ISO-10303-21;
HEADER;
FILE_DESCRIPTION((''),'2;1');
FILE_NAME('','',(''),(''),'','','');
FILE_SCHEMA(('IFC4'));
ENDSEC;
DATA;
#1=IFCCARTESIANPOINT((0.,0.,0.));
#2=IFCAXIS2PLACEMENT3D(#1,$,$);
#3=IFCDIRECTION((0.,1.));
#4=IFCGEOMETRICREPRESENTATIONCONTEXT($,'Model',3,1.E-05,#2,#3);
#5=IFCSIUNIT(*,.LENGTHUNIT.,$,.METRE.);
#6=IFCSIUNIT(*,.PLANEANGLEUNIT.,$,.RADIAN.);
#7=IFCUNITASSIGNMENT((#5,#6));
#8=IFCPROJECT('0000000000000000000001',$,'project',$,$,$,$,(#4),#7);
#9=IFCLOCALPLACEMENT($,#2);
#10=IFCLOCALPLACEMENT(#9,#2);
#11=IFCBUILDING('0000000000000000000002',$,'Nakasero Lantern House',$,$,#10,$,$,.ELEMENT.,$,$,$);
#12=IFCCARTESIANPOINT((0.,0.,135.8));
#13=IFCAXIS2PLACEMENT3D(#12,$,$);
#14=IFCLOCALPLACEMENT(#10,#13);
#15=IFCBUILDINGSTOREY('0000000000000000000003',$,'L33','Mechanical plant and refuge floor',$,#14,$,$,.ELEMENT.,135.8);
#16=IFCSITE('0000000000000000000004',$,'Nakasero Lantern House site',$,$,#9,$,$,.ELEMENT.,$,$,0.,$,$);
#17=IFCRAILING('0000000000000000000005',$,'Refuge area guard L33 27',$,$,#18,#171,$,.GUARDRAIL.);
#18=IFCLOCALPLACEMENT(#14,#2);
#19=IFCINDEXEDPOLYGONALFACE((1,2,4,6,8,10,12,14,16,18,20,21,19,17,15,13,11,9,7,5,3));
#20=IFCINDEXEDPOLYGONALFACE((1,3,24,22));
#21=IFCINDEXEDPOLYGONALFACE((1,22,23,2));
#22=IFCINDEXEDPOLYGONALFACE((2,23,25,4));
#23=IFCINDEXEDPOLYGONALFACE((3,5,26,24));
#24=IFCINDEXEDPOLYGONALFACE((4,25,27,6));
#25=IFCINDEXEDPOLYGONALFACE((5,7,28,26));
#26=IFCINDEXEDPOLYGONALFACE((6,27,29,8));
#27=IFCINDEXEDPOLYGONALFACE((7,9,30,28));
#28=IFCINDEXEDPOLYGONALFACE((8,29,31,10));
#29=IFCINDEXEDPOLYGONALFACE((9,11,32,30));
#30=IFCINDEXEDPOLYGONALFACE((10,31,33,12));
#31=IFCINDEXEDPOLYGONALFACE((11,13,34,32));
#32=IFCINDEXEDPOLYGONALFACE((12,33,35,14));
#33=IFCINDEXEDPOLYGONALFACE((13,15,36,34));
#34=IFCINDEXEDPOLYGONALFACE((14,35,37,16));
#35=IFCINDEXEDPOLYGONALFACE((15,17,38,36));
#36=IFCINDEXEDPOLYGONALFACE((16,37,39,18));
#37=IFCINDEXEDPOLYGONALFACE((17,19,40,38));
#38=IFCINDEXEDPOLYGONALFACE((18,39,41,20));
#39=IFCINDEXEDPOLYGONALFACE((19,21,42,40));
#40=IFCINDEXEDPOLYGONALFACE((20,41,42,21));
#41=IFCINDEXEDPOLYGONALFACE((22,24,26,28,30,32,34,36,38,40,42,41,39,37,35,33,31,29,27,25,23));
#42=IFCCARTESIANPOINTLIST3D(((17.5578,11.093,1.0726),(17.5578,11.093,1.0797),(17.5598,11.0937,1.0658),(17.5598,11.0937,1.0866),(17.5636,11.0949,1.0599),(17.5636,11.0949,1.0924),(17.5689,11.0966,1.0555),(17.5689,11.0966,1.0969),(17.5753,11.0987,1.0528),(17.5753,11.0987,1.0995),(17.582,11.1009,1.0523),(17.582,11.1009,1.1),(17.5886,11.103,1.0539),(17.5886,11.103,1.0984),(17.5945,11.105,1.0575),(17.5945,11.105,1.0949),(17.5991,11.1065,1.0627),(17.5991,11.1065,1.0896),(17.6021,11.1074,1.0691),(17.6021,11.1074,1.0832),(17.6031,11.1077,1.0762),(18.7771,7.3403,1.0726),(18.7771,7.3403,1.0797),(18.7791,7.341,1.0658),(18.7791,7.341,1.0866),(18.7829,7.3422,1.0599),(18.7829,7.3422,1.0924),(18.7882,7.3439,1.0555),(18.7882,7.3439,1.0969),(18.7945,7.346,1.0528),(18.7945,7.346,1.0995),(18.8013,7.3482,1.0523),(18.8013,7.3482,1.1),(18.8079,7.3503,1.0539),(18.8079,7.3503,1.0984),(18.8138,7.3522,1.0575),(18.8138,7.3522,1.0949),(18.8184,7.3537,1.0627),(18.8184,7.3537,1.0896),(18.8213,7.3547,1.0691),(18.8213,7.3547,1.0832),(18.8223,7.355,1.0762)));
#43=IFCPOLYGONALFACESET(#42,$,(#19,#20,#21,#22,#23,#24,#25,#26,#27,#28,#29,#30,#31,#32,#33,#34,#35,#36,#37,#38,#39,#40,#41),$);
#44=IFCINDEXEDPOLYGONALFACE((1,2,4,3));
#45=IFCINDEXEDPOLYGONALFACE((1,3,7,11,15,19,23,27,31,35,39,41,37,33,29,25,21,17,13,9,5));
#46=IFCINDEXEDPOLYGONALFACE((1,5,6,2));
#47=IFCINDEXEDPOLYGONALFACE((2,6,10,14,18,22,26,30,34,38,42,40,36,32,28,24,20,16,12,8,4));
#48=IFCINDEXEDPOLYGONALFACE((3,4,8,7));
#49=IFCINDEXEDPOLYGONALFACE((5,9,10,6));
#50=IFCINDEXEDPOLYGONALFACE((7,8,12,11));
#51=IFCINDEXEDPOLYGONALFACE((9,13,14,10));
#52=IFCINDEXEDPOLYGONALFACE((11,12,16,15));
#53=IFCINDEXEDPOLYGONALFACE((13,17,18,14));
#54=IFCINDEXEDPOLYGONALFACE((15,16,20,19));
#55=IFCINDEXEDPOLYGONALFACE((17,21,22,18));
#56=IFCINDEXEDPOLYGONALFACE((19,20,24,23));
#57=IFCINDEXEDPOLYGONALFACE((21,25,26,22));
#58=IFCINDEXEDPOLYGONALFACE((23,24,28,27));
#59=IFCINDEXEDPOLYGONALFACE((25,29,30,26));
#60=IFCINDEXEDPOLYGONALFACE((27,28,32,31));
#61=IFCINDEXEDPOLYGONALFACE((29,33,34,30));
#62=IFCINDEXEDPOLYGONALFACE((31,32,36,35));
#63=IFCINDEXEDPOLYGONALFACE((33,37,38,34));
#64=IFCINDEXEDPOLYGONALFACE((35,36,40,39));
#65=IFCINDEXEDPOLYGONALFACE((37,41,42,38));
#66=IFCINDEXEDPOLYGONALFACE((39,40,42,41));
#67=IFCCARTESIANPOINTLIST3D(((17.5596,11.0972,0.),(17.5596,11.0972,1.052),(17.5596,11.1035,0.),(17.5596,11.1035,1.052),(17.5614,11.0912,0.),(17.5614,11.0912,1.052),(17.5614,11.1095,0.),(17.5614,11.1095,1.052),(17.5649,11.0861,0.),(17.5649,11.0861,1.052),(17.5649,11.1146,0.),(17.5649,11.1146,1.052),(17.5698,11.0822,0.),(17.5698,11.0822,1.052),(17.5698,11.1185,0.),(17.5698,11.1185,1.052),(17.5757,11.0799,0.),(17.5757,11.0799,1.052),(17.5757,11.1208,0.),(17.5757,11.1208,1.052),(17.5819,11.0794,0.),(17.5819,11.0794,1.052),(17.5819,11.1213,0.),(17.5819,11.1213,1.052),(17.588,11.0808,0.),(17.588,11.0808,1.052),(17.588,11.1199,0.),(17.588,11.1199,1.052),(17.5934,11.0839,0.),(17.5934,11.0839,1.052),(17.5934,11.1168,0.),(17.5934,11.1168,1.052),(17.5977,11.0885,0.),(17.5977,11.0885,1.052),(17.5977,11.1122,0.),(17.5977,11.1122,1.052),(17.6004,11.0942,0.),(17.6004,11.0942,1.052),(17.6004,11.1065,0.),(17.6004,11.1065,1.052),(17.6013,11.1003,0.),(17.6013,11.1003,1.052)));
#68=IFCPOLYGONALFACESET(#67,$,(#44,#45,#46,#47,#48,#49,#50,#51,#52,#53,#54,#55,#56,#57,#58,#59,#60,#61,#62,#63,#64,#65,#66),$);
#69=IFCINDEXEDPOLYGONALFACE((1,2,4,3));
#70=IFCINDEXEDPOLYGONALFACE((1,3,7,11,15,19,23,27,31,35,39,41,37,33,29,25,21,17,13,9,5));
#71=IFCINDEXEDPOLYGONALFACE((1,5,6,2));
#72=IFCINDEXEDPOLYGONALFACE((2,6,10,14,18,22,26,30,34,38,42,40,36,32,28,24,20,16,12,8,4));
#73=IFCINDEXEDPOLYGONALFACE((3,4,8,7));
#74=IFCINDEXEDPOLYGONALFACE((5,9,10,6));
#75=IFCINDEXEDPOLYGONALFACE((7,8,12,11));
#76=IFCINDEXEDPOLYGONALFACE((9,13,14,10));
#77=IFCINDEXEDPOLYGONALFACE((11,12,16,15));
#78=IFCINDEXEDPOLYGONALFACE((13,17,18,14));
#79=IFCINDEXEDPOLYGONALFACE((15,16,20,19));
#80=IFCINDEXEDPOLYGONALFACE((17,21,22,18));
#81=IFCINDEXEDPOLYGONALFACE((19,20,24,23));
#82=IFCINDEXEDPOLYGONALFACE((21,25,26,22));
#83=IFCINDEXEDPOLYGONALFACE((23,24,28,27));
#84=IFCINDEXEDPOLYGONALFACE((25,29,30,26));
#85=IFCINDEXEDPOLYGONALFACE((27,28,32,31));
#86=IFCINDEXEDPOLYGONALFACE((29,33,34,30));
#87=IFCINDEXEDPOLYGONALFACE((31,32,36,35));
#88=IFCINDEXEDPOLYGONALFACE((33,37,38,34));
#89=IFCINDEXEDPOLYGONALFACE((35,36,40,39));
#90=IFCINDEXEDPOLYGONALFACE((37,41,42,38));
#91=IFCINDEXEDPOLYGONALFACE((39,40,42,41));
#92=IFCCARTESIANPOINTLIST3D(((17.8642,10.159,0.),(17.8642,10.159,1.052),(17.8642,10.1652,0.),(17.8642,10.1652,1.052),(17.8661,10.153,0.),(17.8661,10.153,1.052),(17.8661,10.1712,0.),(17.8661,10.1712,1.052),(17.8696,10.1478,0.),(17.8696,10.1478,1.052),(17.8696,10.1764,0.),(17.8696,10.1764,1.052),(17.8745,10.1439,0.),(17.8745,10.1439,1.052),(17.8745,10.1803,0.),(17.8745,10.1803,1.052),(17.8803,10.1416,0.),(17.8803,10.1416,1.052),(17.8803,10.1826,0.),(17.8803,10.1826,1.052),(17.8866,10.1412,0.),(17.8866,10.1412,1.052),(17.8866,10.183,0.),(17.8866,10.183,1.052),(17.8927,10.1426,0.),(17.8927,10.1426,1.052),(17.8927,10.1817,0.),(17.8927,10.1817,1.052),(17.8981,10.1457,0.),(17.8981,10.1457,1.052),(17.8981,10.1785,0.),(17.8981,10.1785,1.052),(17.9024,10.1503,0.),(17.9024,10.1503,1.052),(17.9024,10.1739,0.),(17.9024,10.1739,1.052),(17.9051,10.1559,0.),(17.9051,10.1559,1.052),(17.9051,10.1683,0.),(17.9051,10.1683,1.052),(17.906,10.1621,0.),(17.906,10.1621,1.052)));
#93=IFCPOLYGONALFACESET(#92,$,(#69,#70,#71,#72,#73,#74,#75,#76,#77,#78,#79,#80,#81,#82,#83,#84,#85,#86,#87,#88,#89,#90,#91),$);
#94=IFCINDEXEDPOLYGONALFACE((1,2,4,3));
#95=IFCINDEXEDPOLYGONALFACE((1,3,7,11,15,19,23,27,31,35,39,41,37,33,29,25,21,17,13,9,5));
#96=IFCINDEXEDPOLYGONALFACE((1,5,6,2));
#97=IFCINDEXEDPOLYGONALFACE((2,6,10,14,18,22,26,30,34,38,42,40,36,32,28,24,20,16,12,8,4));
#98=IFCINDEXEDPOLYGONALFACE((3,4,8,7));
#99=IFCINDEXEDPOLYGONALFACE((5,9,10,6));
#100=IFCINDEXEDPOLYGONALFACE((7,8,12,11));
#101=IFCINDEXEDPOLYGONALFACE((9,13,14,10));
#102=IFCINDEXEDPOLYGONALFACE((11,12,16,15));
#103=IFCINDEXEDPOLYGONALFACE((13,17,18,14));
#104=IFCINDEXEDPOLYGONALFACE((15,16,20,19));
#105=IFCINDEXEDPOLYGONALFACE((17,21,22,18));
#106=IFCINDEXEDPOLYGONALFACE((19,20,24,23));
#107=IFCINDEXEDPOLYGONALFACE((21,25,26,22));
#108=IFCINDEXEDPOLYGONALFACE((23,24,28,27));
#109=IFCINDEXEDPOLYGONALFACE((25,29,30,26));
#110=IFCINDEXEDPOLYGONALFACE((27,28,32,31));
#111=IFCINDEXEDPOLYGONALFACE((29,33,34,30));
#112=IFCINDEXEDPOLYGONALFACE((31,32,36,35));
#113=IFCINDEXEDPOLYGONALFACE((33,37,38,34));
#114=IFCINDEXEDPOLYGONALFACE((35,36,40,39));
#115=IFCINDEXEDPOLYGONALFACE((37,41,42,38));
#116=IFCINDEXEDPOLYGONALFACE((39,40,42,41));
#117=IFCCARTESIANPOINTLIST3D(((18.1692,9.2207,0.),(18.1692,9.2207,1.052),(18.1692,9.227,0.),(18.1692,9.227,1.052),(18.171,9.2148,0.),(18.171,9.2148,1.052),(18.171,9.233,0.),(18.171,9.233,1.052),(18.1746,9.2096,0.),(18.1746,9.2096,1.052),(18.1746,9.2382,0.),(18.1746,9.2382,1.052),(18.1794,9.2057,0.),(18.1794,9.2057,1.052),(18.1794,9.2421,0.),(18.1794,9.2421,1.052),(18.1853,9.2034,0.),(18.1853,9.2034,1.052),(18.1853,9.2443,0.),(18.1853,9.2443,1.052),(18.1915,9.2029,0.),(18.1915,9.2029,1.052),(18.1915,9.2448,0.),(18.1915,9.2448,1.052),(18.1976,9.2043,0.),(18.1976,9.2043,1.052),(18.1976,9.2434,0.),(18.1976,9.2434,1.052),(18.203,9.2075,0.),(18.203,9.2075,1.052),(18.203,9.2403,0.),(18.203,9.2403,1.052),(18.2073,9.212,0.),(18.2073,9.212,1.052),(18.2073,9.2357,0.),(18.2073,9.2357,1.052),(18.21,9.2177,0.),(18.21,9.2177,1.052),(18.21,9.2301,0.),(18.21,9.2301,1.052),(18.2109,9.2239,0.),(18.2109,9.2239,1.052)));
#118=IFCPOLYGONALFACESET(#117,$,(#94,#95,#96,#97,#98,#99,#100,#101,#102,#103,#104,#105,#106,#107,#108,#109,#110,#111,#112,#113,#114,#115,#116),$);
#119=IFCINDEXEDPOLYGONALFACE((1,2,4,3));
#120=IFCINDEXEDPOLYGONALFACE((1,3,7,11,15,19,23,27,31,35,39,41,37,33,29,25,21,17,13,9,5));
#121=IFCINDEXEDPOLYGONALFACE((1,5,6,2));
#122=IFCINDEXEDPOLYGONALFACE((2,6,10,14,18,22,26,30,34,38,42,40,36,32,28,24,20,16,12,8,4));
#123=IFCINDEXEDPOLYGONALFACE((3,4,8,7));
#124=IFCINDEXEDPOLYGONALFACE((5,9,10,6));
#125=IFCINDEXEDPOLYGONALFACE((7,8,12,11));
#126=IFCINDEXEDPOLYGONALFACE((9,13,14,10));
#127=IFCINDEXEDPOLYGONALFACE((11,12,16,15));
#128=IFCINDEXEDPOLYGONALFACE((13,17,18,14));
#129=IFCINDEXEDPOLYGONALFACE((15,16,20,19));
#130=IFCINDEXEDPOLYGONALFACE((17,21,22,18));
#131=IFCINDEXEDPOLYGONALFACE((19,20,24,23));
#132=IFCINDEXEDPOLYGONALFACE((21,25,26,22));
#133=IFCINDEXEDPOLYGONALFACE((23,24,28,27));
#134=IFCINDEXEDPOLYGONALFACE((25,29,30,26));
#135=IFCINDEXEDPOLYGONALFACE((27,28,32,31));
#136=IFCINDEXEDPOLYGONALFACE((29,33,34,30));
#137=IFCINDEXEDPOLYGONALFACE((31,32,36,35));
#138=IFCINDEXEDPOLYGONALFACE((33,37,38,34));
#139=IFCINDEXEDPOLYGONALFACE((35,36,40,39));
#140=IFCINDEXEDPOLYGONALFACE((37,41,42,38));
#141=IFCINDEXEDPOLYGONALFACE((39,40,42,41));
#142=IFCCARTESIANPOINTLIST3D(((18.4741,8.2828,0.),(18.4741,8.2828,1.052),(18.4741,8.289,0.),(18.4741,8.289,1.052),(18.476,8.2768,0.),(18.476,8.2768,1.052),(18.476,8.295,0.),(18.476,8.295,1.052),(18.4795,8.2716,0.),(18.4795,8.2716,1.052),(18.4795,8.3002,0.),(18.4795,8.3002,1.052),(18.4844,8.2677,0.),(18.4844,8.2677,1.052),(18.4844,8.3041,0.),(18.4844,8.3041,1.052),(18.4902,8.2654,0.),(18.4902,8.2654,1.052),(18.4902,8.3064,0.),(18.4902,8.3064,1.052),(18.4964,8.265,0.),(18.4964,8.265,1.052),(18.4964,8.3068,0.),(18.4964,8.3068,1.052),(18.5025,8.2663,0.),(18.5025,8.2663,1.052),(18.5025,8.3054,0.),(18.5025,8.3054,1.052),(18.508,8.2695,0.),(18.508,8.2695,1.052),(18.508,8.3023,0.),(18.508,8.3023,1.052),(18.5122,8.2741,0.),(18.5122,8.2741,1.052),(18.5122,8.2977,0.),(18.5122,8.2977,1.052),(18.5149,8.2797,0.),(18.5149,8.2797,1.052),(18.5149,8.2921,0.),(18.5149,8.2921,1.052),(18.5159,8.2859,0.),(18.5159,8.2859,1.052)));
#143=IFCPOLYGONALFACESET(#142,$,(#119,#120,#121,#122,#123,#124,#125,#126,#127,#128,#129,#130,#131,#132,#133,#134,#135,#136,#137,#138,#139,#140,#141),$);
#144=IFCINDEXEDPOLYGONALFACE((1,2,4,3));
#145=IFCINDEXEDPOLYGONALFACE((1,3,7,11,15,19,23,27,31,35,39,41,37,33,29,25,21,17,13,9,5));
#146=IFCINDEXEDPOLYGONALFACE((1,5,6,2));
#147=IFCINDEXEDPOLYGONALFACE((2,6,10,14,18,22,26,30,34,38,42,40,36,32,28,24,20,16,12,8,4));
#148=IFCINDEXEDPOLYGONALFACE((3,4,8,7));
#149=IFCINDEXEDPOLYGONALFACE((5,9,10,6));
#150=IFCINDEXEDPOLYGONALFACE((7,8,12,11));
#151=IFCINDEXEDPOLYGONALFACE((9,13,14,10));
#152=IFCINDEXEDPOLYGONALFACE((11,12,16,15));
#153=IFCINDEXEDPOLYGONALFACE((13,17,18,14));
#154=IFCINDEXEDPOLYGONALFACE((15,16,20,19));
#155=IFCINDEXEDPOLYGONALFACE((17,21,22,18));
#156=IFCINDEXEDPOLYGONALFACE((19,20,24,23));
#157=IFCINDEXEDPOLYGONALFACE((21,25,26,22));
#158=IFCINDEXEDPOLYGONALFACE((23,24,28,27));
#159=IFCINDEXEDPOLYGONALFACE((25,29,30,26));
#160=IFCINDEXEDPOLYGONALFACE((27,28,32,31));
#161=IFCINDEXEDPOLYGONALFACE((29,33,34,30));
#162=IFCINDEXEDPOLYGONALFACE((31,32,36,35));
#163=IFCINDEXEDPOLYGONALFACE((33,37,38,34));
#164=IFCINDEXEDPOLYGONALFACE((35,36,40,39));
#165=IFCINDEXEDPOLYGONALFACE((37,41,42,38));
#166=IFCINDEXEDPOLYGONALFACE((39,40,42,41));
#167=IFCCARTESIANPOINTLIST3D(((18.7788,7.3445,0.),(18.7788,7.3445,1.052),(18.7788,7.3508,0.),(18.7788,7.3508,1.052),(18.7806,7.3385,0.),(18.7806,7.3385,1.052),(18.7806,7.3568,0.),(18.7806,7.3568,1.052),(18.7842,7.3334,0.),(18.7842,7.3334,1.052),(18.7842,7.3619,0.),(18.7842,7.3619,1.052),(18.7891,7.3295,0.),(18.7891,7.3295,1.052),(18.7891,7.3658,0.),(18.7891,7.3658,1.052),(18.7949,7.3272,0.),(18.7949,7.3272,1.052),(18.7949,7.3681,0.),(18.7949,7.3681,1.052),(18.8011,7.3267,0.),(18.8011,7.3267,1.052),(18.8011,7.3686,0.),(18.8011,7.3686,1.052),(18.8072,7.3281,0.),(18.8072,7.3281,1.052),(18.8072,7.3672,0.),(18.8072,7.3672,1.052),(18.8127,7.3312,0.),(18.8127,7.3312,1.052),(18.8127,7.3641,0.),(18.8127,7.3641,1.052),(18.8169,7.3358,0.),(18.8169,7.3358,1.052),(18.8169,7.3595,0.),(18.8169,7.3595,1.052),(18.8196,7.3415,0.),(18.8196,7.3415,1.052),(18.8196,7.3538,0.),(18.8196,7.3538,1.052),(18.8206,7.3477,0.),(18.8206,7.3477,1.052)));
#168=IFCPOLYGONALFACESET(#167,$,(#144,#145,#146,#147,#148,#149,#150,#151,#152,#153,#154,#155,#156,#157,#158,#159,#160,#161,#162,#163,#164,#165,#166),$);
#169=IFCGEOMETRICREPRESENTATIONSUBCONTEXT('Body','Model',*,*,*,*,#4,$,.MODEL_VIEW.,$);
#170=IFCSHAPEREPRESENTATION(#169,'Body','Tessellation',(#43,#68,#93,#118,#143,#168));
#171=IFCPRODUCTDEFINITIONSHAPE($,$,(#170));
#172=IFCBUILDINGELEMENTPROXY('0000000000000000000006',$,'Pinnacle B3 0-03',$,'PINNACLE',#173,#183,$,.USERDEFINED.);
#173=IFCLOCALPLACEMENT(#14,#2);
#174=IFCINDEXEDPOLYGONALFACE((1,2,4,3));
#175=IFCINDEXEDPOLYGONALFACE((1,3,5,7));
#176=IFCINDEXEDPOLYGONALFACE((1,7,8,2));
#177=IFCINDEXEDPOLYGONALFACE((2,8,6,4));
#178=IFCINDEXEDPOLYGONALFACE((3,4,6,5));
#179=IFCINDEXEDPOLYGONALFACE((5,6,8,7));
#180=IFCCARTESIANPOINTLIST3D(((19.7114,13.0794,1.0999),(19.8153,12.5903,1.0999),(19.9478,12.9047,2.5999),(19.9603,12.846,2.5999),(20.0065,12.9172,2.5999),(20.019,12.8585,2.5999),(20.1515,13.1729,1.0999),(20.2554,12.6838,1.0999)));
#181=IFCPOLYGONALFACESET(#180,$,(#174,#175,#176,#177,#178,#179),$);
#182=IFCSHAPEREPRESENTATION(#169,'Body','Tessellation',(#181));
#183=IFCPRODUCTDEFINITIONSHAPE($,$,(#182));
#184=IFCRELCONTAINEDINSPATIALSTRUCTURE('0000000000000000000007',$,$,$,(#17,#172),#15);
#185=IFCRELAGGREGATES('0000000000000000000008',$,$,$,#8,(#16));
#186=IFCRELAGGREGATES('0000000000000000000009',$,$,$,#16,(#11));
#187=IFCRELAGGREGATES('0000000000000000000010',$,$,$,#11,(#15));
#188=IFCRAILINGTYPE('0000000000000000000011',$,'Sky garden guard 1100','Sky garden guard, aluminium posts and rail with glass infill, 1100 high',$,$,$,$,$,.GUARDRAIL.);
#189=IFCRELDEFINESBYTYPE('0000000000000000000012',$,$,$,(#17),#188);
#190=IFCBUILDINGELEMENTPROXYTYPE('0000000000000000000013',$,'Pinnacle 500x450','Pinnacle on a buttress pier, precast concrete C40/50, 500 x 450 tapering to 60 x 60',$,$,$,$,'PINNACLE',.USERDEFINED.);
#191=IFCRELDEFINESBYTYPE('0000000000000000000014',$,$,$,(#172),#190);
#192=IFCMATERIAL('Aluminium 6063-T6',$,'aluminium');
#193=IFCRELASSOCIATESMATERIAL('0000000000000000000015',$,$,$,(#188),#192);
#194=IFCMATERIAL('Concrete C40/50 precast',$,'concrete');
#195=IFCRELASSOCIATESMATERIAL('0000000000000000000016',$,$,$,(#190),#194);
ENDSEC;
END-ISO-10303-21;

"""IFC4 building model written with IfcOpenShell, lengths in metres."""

from ifc_helpers import new_model, entity, si_unit, direction, frame, origin, origin_2d, place, context, subcontext, project, spatial, circle, extrude, material, type_object, element, save


model = new_model("IFC4")

# Units and contexts
model_context = context("Model", 3, precision=1e-05, world=origin(), true_north=direction((0.0, 1.0)))
body_context = subcontext(model_context, "Body", "Model", "MODEL_VIEW")
ifc_project = project(units=[si_unit("LENGTHUNIT", "METRE"), si_unit("PLANEANGLEUNIT", "RADIAN")], contexts=[model_context])

# Site, building, storey
site_placement = place(None, origin())
site = spatial("IfcSite", under=ifc_project, at=site_placement, Name="Nakasero Lantern House site", CompositionType="ELEMENT", RefElevation=0.0)
building_placement = place(site_placement, origin())
building = spatial("IfcBuilding", under=site, at=building_placement, Name="Nakasero Lantern House", CompositionType="ELEMENT")
storey_placement = place(building_placement, frame((0.0, 0.0, 135.8)))
storey = spatial("IfcBuildingStorey", under=building, at=storey_placement, Name="L33", Description="Mechanical plant and refuge floor", CompositionType="ELEMENT", Elevation=135.8)

# Railing
ifc_material_1 = material(Name="Aluminium 6063-T6", Category="aluminium")
railing_type = type_object("IfcRailingType", Name="Sky garden guard 1100", Description="Sky garden guard, aluminium posts and rail with glass infill, 1100 high", PredefinedType="GUARDRAIL", material=ifc_material_1)
railing_1_placement = place(storey_placement, frame((17.5803, 11.1003, 0.0)))
element("IfcRailing", 1, at=railing_1_placement, inside=storey, type_object=railing_type, Name="Refuge area guard L33 27", PredefinedType="GUARDRAIL", context=body_context, shape_type="SweptSolid", body=[
    extrude(circle(Radius=0.0239, at=origin_2d()), frame((0.0, 0.0, 1.0762), z_axis=(0.308998, -0.951063, 0.0), x_axis=(0.951063, 0.308998, 0.0)), (0.0, 0.0, 1.0), 3.9458),
    extrude(circle(Radius=0.021, at=origin_2d()), origin(), (0.0, 0.0, 1.0), 1.052),
    extrude(circle(Radius=0.021, at=origin_2d()), frame((0.3047, -0.9382, 0.0)), (0.0, 0.0, 1.0), 1.052),
    extrude(circle(Radius=0.021, at=origin_2d()), frame((0.6096, -1.8765, 0.0)), (0.0, 0.0, 1.0), 1.052),
    extrude(circle(Radius=0.021, at=origin_2d()), frame((0.9146, -2.8145, 0.0)), (0.0, 0.0, 1.0), 1.052),
    extrude(circle(Radius=0.021, at=origin_2d()), frame((1.2192, -3.7527, 0.0)), (0.0, 0.0, 1.0), 1.052),
])

# Building element proxy
ifc_material_2 = material(Name="Concrete C40/50 precast", Category="concrete")
building_element_proxy_type = type_object("IfcBuildingElementProxyType", Name="Pinnacle 500x450", Description="Pinnacle on a buttress pier, precast concrete C40/50, 500 x 450 tapering to 60 x 60", ElementType="PINNACLE", PredefinedType="USERDEFINED", material=ifc_material_2)
proxy_placement = place(storey_placement, frame((19.9834, 12.8816, 1.0999), z_axis=(0.0, 0.0, 1.0), x_axis=(0.978148, 0.207912, 0.0)))
element("IfcBuildingElementProxy", 2, at=proxy_placement, inside=storey, type_object=building_element_proxy_type, Name="Pinnacle B3 0-03", ObjectType="PINNACLE", PredefinedType="USERDEFINED", context=body_context, shape_type="SweptSolid", body=[
    entity("IfcExtrudedAreaSolidTapered", entity("IfcRectangleProfileDef", "AREA", None, entity("IfcAxis2Placement2D", entity("IfcCartesianPoint", [0.0, 0.0])), 0.45, 0.5), entity("IfcAxis2Placement3D", entity("IfcCartesianPoint", [0.0, 0.0, 0.0])), entity("IfcDirection", [0.0, 0.0, 1.0]), 1.5, entity("IfcRectangleProfileDef", "AREA", None, entity("IfcAxis2Placement2D", entity("IfcCartesianPoint", [0.0, 0.0])), 0.0601, 0.0601)),
])

save(model, "model.ifc")
